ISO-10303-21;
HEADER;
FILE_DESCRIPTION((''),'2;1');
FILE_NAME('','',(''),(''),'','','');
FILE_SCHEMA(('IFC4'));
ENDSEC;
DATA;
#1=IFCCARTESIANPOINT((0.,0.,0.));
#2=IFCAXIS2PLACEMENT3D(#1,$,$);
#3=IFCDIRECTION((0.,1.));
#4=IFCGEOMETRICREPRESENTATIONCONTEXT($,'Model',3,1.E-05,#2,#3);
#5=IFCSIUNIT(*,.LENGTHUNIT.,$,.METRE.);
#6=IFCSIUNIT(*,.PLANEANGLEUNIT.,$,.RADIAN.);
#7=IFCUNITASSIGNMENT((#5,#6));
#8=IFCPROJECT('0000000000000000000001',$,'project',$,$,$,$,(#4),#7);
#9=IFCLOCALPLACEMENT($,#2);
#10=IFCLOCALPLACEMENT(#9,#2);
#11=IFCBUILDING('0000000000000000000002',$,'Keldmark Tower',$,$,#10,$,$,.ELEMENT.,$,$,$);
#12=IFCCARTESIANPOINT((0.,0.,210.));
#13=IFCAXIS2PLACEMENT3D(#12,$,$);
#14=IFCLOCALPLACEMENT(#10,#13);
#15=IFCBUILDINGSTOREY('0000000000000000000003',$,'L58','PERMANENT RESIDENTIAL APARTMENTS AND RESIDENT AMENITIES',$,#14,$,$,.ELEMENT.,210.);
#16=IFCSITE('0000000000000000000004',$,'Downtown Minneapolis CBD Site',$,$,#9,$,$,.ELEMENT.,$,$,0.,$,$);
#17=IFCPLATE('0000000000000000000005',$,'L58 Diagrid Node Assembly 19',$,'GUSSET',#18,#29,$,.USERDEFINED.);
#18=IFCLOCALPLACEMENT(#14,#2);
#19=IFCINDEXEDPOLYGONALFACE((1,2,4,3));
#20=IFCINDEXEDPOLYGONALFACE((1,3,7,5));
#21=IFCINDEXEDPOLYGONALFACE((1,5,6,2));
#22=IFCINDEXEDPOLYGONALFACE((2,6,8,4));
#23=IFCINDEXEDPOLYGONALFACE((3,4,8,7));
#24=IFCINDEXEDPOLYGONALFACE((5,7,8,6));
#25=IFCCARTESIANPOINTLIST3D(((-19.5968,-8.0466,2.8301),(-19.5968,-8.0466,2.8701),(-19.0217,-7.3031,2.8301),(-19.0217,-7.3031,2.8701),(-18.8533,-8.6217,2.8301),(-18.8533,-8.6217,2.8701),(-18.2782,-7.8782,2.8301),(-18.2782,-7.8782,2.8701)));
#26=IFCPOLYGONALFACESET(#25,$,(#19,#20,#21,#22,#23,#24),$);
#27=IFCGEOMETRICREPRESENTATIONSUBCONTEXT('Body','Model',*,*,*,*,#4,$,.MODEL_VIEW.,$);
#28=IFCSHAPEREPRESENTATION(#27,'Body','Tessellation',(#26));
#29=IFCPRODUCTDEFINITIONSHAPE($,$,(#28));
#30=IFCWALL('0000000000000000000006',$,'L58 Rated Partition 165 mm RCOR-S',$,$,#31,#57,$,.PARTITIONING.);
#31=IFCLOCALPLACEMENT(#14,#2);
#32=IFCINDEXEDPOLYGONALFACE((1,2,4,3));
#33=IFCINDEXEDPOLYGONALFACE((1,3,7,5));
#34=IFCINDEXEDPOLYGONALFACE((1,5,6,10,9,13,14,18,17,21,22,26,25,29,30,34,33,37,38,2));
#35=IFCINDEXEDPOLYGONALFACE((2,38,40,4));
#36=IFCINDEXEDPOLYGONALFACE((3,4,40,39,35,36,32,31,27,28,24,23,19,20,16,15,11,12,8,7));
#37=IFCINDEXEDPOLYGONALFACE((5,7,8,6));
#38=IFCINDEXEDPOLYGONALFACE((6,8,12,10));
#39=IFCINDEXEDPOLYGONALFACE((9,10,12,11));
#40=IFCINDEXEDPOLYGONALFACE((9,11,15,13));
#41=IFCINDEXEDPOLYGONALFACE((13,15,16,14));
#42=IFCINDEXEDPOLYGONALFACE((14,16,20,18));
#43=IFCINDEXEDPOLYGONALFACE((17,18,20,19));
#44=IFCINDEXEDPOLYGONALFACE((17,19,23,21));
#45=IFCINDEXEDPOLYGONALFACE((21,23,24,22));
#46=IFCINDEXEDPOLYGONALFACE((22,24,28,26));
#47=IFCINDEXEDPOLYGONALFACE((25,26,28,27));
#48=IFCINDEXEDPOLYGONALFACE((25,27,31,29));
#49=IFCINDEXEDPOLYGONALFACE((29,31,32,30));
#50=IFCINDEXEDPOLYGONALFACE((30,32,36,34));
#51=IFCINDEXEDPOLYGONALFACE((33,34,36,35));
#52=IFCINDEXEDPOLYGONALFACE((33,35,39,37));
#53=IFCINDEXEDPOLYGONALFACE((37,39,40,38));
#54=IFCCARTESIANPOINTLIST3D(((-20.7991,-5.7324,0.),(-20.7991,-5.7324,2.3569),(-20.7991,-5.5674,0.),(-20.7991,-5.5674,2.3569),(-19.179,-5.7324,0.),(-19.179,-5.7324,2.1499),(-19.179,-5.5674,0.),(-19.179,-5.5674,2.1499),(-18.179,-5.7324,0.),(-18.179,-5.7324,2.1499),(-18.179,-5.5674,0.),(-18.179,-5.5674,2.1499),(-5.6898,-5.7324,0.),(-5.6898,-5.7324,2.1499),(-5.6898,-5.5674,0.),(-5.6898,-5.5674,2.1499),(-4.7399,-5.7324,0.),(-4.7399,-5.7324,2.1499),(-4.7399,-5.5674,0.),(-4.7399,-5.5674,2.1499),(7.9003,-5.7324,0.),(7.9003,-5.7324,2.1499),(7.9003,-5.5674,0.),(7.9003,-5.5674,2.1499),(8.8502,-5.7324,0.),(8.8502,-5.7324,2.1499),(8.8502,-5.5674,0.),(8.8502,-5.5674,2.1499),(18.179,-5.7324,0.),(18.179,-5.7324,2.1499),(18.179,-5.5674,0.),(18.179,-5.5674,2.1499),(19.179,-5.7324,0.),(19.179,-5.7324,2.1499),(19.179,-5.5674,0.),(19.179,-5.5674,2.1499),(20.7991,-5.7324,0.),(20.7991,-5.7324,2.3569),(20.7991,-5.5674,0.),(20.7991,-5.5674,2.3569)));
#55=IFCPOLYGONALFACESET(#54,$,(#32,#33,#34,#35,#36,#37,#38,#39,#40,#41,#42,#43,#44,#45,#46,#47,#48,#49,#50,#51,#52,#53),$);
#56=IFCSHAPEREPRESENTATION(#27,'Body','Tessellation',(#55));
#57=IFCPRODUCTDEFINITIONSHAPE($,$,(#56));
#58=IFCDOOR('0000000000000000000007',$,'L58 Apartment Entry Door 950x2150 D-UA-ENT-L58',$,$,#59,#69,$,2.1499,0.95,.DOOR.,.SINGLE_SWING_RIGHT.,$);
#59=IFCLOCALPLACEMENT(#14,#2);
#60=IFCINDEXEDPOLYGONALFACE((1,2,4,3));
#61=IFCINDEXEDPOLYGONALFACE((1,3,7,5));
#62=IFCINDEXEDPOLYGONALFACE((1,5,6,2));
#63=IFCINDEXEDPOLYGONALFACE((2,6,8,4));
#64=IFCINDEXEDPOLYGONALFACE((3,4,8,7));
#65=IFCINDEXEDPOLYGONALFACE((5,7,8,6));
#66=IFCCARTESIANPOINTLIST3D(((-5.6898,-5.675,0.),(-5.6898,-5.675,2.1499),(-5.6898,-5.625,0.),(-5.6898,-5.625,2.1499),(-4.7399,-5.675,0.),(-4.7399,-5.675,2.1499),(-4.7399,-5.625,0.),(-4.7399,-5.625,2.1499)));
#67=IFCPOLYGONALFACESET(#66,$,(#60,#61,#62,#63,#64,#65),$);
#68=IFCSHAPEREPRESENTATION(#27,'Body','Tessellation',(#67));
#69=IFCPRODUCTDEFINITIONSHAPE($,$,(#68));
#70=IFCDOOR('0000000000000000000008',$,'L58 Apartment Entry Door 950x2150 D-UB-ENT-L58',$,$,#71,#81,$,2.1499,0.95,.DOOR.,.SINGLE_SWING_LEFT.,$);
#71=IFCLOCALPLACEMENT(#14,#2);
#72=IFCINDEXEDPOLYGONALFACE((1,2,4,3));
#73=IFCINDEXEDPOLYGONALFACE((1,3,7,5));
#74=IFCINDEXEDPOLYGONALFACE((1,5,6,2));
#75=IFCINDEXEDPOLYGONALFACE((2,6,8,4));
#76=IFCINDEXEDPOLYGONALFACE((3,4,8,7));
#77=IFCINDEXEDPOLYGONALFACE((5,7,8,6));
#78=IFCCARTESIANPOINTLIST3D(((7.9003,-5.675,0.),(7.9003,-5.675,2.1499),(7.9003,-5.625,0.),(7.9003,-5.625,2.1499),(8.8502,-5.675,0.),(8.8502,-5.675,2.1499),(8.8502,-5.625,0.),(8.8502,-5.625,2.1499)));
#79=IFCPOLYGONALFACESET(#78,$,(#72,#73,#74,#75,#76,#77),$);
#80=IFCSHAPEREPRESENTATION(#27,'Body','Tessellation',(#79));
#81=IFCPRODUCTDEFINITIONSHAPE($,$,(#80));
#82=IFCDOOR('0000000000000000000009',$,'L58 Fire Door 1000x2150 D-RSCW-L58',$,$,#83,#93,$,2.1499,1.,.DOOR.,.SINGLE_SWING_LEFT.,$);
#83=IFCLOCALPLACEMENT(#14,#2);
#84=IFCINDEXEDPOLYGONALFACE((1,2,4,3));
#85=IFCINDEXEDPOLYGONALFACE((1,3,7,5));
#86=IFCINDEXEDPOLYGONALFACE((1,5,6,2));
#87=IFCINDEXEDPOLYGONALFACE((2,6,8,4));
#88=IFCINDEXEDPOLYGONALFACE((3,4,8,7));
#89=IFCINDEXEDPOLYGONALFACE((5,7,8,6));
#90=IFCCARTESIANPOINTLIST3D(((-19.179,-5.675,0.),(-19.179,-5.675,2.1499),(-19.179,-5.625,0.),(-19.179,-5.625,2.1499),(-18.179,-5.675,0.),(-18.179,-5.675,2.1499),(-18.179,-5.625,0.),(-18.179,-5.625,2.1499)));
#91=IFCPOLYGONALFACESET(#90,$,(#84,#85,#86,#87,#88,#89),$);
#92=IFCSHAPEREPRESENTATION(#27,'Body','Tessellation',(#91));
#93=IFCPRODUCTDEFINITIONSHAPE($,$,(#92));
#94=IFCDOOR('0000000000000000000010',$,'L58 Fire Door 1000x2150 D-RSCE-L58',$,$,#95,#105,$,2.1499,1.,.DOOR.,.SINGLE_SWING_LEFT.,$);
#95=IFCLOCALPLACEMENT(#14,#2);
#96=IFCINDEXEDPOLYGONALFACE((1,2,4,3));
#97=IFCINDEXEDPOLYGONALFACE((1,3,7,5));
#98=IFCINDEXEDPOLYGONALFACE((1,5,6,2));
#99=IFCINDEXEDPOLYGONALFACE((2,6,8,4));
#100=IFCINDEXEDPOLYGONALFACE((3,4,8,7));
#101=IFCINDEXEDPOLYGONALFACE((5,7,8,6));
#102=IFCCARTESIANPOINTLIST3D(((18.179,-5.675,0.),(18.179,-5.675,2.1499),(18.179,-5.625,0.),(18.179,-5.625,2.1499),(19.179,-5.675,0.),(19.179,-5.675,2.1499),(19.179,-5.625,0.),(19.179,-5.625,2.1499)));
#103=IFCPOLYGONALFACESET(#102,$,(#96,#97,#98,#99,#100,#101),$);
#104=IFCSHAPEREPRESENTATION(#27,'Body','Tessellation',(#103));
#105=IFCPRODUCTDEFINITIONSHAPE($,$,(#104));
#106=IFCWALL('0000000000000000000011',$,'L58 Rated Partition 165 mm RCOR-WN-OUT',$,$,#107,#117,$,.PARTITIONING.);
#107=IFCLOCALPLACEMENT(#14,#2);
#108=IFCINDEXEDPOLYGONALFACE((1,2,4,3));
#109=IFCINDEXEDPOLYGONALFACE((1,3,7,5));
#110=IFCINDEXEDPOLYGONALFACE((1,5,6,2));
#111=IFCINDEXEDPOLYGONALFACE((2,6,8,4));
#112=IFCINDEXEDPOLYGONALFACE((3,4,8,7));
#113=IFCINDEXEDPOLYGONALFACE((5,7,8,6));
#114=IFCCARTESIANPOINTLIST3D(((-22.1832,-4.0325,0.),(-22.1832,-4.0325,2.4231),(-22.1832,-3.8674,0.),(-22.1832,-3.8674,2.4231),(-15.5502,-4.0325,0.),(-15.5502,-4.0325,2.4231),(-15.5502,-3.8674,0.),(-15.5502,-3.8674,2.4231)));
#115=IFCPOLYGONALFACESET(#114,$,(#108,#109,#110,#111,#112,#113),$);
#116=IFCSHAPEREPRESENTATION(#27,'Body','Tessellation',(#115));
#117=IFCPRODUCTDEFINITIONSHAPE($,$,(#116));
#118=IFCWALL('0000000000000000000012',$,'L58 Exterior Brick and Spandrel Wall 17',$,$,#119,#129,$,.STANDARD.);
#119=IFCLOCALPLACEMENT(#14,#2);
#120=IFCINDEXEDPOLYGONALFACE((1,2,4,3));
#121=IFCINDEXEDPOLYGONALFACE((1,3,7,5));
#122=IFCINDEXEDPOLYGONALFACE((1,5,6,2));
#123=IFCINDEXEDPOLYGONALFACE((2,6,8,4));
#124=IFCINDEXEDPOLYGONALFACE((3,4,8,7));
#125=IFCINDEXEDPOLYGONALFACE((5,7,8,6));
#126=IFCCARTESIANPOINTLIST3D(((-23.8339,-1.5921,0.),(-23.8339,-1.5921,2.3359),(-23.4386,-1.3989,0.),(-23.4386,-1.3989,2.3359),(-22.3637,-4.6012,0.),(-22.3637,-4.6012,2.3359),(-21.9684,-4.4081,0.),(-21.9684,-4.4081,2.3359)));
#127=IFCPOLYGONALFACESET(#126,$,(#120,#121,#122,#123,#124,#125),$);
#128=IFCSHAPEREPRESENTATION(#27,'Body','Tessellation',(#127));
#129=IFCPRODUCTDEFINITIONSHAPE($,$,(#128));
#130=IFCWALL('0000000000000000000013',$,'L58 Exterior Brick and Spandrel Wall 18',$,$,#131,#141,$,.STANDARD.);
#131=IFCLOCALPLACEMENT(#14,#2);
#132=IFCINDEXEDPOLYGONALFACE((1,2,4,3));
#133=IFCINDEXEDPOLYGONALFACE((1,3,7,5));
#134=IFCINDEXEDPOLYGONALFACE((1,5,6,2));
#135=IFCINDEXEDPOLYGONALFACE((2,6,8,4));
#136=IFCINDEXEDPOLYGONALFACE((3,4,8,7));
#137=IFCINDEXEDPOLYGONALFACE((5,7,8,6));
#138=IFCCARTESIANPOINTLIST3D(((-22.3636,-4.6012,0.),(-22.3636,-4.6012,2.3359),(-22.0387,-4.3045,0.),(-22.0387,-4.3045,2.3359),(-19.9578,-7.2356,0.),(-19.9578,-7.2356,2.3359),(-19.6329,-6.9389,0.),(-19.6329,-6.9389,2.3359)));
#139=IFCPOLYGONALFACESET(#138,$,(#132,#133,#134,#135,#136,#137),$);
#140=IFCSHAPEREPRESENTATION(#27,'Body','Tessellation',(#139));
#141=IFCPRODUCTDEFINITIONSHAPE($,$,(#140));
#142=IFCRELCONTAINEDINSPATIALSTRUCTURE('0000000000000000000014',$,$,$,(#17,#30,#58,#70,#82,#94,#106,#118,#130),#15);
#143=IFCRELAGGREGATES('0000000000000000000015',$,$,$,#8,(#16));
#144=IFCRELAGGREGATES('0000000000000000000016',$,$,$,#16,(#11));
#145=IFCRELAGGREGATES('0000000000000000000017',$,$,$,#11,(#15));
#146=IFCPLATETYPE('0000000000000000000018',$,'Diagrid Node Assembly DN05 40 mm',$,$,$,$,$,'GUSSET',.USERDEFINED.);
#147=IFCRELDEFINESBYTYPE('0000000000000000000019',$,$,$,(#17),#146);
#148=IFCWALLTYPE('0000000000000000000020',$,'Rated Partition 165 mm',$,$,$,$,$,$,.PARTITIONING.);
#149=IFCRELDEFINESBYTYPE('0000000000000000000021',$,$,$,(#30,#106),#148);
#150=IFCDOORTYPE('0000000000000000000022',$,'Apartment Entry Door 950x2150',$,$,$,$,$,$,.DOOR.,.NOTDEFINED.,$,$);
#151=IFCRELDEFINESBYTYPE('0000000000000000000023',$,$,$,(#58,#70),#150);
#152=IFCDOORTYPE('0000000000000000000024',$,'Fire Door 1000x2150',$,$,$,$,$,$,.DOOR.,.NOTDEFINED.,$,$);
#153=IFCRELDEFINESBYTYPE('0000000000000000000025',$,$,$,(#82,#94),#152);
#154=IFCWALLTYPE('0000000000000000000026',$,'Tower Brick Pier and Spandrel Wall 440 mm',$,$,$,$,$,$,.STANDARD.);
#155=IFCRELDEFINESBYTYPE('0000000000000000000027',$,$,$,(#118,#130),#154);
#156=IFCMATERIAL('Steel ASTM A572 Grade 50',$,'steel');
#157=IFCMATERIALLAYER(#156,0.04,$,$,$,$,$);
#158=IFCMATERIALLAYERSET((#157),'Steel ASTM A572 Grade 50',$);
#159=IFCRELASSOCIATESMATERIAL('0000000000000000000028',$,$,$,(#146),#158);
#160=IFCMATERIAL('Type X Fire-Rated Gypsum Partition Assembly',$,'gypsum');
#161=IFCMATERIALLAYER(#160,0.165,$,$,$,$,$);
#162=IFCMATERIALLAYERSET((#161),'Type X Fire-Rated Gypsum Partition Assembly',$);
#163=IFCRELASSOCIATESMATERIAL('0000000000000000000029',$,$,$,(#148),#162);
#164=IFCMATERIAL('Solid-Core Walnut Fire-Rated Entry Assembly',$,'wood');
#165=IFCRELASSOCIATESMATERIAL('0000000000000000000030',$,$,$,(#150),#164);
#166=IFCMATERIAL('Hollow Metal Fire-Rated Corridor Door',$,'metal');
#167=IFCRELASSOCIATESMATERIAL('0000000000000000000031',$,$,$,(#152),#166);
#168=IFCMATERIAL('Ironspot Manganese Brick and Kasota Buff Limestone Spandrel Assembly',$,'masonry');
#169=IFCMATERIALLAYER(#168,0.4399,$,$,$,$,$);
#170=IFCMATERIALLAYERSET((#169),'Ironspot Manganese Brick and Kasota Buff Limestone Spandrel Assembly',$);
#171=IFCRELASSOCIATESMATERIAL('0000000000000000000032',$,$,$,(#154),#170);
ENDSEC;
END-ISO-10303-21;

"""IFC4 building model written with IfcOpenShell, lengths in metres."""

from ifc_helpers import new_model, si_unit, direction, frame, frame_2d, origin, origin_2d, place, context, subcontext, project, spatial, rectangle, extrude, material, layer, layer_set, type_object, element, fill, save


model = new_model("IFC4")

# Units and contexts
model_context = context("Model", 3, precision=1e-05, world=origin(), true_north=direction((0.0, 1.0)))
body_context = subcontext(model_context, "Body", "Model", "MODEL_VIEW")
ifc_project = project(units=[si_unit("LENGTHUNIT", "METRE"), si_unit("PLANEANGLEUNIT", "RADIAN")], contexts=[model_context])

# Site, building, storey
site_placement = place(None, origin())
site = spatial("IfcSite", under=ifc_project, at=site_placement, Name="Downtown Minneapolis CBD Site", CompositionType="ELEMENT", RefElevation=0.0)
building_placement = place(site_placement, origin())
building = spatial("IfcBuilding", under=site, at=building_placement, Name="Keldmark Tower", CompositionType="ELEMENT")
storey_placement = place(building_placement, frame((0.0, 0.0, 210.0)))
storey = spatial("IfcBuildingStorey", under=building, at=storey_placement, Name="L58", Description="PERMANENT RESIDENTIAL APARTMENTS AND RESIDENT AMENITIES", CompositionType="ELEMENT", Elevation=210.0)

# Plate
ifc_material_1 = material(Name="Steel ASTM A572 Grade 50", Category="steel")
ifc_layer_1 = layer(ifc_material_1, 0.04)
ifc_layer_set_1 = layer_set([ifc_layer_1], Name="Steel ASTM A572 Grade 50")
plate_type = type_object("IfcPlateType", Name="Diagrid Node Assembly DN05 40 mm", ElementType="GUSSET", PredefinedType="USERDEFINED", material=ifc_layer_set_1)
for number, where, z_axis, x_axis, name in (
    (1, (-18.9375, -7.9624, 2.8301), (0.0, 0.0, 1.0), (0.79101, -0.611803, 0.0), "L58 Diagrid Node Assembly 19"),
):
    element("IfcPlate", number, at=place(storey_placement, frame(where, z_axis=z_axis, x_axis=x_axis)), inside=storey, type_object=plate_type, Name=name, ObjectType="GUSSET", PredefinedType="USERDEFINED", context=body_context, shape_type="SweptSolid", body=[
        extrude(rectangle(XDim=0.9399, YDim=0.9399, at=origin_2d()), origin(), (0.0, 0.0, 1.0), 0.04),
    ])

# Wall, openings, doors
ifc_material_2 = material(Name="Type X Fire-Rated Gypsum Partition Assembly", Category="gypsum")
ifc_layer_2 = layer(ifc_material_2, 0.165)
ifc_layer_set_2 = layer_set([ifc_layer_2], Name="Type X Fire-Rated Gypsum Partition Assembly")
wall_type_1 = type_object("IfcWallType", Name="Rated Partition 165 mm", PredefinedType="PARTITIONING", material=ifc_layer_set_2)
wall_1_placement = place(storey_placement, frame((-20.7991, -5.6499, 0.0), z_axis=(0.0, 0.0, 1.0), x_axis=(1.0, 0.0, 0.0)))
wall_1 = element("IfcWall", 2, at=wall_1_placement, inside=storey, type_object=wall_type_1, Name="L58 Rated Partition 165 mm RCOR-S", PredefinedType="PARTITIONING", context=body_context, shape_type="SweptSolid", body=[
    extrude(rectangle(XDim=41.5981, YDim=0.165, at=frame_2d((20.7991, 0.0))), origin(), (0.0, 0.0, 1.0), 2.3569),
])
opening_1_placement = place(wall_1_placement, frame((1.6201, 0.0, 0.0)))
opening_1 = element("IfcOpeningElement", 3, at=opening_1_placement, cuts=wall_1, PredefinedType="OPENING", context=body_context, shape_type="SweptSolid", body=[
    extrude(rectangle(XDim=1.0, YDim=2.1499, at=frame_2d((0.5, 1.075))), frame((0.0, 0.0925, 0.0), z_axis=(0.0, -1.0, 0.0), x_axis=(1.0, 0.0, 0.0)), (0.0, 0.0, 1.0), 0.1851),
])
opening_2_placement = place(wall_1_placement, frame((38.978, 0.0, 0.0)))
opening_2 = element("IfcOpeningElement", 4, at=opening_2_placement, cuts=wall_1, PredefinedType="OPENING", context=body_context, shape_type="SweptSolid", body=[
    extrude(rectangle(XDim=1.0, YDim=2.1499, at=frame_2d((0.5, 1.075))), frame((0.0, 0.0925, 0.0), z_axis=(0.0, -1.0, 0.0), x_axis=(1.0, 0.0, 0.0)), (0.0, 0.0, 1.0), 0.1851),
])
opening_3_placement = place(wall_1_placement, frame((15.1091, 0.0, 0.0)))
opening_3 = element("IfcOpeningElement", 5, at=opening_3_placement, cuts=wall_1, PredefinedType="OPENING", context=body_context, shape_type="SweptSolid", body=[
    extrude(rectangle(XDim=0.95, YDim=2.1499, at=frame_2d((0.4751, 1.075))), frame((0.0, 0.0925, 0.0), z_axis=(0.0, -1.0, 0.0), x_axis=(1.0, 0.0, 0.0)), (0.0, 0.0, 1.0), 0.1851),
])
opening_4_placement = place(wall_1_placement, frame((28.6992, 0.0, 0.0)))
opening_4 = element("IfcOpeningElement", 6, at=opening_4_placement, cuts=wall_1, PredefinedType="OPENING", context=body_context, shape_type="SweptSolid", body=[
    extrude(rectangle(XDim=0.95, YDim=2.1499, at=frame_2d((0.4751, 1.075))), frame((0.0, 0.0925, 0.0), z_axis=(0.0, -1.0, 0.0), x_axis=(1.0, 0.0, 0.0)), (0.0, 0.0, 1.0), 0.1851),
])
ifc_material_3 = material(Name="Solid-Core Walnut Fire-Rated Entry Assembly", Category="wood")
door_type_1 = type_object("IfcDoorType", Name="Apartment Entry Door 950x2150", OperationType="NOTDEFINED", PredefinedType="DOOR", material=ifc_material_3)
door_1_placement = place(opening_3_placement, origin())
door_1 = element("IfcDoor", 7, at=door_1_placement, inside=storey, type_object=door_type_1, Name="L58 Apartment Entry Door 950x2150 D-UA-ENT-L58", OperationType="SINGLE_SWING_RIGHT", OverallHeight=2.1499, OverallWidth=0.95, PredefinedType="DOOR", context=body_context, shape_type="SweptSolid", body=[
    extrude(rectangle(XDim=0.95, YDim=2.1499, at=frame_2d((0.4751, 1.075))), frame((0.0, 0.0249, 0.0), z_axis=(0.0, -1.0, 0.0), x_axis=(1.0, 0.0, 0.0)), (0.0, 0.0, 1.0), 0.05),
])
fill(opening_3, door_1)
door_2_placement = place(opening_4_placement, origin())
door_2 = element("IfcDoor", 8, at=door_2_placement, inside=storey, type_object=door_type_1, Name="L58 Apartment Entry Door 950x2150 D-UB-ENT-L58", OperationType="SINGLE_SWING_LEFT", OverallHeight=2.1499, OverallWidth=0.95, PredefinedType="DOOR", context=body_context, shape_type="SweptSolid", body=[
    extrude(rectangle(XDim=0.95, YDim=2.1499, at=frame_2d((0.4751, 1.075))), frame((0.0, 0.0249, 0.0), z_axis=(0.0, -1.0, 0.0), x_axis=(1.0, 0.0, 0.0)), (0.0, 0.0, 1.0), 0.05),
])
fill(opening_4, door_2)
ifc_material_4 = material(Name="Hollow Metal Fire-Rated Corridor Door", Category="metal")
door_type_2 = type_object("IfcDoorType", Name="Fire Door 1000x2150", OperationType="NOTDEFINED", PredefinedType="DOOR", material=ifc_material_4)
door_3_placement = place(opening_1_placement, origin())
door_3 = element("IfcDoor", 9, at=door_3_placement, inside=storey, type_object=door_type_2, Name="L58 Fire Door 1000x2150 D-RSCW-L58", OperationType="SINGLE_SWING_LEFT", OverallHeight=2.1499, OverallWidth=1.0, PredefinedType="DOOR", context=body_context, shape_type="SweptSolid", body=[
    extrude(rectangle(XDim=1.0, YDim=2.1499, at=frame_2d((0.5, 1.075))), frame((0.0, 0.0249, 0.0), z_axis=(0.0, -1.0, 0.0), x_axis=(1.0, 0.0, 0.0)), (0.0, 0.0, 1.0), 0.05),
])
fill(opening_1, door_3)
door_4_placement = place(opening_2_placement, origin())
door_4 = element("IfcDoor", 10, at=door_4_placement, inside=storey, type_object=door_type_2, Name="L58 Fire Door 1000x2150 D-RSCE-L58", OperationType="SINGLE_SWING_LEFT", OverallHeight=2.1499, OverallWidth=1.0, PredefinedType="DOOR", context=body_context, shape_type="SweptSolid", body=[
    extrude(rectangle(XDim=1.0, YDim=2.1499, at=frame_2d((0.5, 1.075))), frame((0.0, 0.0249, 0.0), z_axis=(0.0, -1.0, 0.0), x_axis=(1.0, 0.0, 0.0)), (0.0, 0.0, 1.0), 0.05),
])
fill(opening_2, door_4)

# Walls
wall_2_placement = place(storey_placement, frame((-22.1831, -3.95, 0.0), z_axis=(0.0, 0.0, 1.0), x_axis=(1.0, 0.0, 0.0)))
element("IfcWall", 11, at=wall_2_placement, inside=storey, type_object=wall_type_1, Name="L58 Rated Partition 165 mm RCOR-WN-OUT", PredefinedType="PARTITIONING", context=body_context, shape_type="SweptSolid", body=[
    extrude(rectangle(XDim=6.6331, YDim=0.165, at=frame_2d((3.3164, 0.0))), origin(), (0.0, 0.0, 1.0), 2.4231),
])
ifc_material_5 = material(Name="Ironspot Manganese Brick and Kasota Buff Limestone Spandrel Assembly", Category="masonry")
ifc_layer_3 = layer(ifc_material_5, 0.4399)
ifc_layer_set_3 = layer_set([ifc_layer_3], Name="Ironspot Manganese Brick and Kasota Buff Limestone Spandrel Assembly")
wall_type_2 = type_object("IfcWallType", Name="Tower Brick Pier and Spandrel Wall 440 mm", PredefinedType="STANDARD", material=ifc_layer_set_3)
wall_3_placement = place(storey_placement, frame((-22.166, -4.5046, 0.0), z_axis=(0.0, 0.0, 1.0), x_axis=(-0.439001, 0.898487, 0.0)))
element("IfcWall", 12, at=wall_3_placement, inside=storey, type_object=wall_type_2, Name="L58 Exterior Brick and Spandrel Wall 17", PredefinedType="STANDARD", context=body_context, shape_type="SweptSolid", body=[
    extrude(rectangle(XDim=3.3491, YDim=0.4399, at=frame_2d((1.6746, 0.0))), origin(), (0.0, 0.0, 1.0), 2.3359),
])
wall_4_placement = place(storey_placement, frame((-19.7954, -7.0872, 0.0), z_axis=(0.0, 0.0, 1.0), x_axis=(-0.674354, 0.738408, 0.0)))
element("IfcWall", 13, at=wall_4_placement, inside=storey, type_object=wall_type_2, Name="L58 Exterior Brick and Spandrel Wall 18", PredefinedType="STANDARD", context=body_context, shape_type="SweptSolid", body=[
    extrude(rectangle(XDim=3.5676, YDim=0.4399, at=frame_2d((1.7837, 0.0))), origin(), (0.0, 0.0, 1.0), 2.3359),
])

save(model, "model.ifc")
